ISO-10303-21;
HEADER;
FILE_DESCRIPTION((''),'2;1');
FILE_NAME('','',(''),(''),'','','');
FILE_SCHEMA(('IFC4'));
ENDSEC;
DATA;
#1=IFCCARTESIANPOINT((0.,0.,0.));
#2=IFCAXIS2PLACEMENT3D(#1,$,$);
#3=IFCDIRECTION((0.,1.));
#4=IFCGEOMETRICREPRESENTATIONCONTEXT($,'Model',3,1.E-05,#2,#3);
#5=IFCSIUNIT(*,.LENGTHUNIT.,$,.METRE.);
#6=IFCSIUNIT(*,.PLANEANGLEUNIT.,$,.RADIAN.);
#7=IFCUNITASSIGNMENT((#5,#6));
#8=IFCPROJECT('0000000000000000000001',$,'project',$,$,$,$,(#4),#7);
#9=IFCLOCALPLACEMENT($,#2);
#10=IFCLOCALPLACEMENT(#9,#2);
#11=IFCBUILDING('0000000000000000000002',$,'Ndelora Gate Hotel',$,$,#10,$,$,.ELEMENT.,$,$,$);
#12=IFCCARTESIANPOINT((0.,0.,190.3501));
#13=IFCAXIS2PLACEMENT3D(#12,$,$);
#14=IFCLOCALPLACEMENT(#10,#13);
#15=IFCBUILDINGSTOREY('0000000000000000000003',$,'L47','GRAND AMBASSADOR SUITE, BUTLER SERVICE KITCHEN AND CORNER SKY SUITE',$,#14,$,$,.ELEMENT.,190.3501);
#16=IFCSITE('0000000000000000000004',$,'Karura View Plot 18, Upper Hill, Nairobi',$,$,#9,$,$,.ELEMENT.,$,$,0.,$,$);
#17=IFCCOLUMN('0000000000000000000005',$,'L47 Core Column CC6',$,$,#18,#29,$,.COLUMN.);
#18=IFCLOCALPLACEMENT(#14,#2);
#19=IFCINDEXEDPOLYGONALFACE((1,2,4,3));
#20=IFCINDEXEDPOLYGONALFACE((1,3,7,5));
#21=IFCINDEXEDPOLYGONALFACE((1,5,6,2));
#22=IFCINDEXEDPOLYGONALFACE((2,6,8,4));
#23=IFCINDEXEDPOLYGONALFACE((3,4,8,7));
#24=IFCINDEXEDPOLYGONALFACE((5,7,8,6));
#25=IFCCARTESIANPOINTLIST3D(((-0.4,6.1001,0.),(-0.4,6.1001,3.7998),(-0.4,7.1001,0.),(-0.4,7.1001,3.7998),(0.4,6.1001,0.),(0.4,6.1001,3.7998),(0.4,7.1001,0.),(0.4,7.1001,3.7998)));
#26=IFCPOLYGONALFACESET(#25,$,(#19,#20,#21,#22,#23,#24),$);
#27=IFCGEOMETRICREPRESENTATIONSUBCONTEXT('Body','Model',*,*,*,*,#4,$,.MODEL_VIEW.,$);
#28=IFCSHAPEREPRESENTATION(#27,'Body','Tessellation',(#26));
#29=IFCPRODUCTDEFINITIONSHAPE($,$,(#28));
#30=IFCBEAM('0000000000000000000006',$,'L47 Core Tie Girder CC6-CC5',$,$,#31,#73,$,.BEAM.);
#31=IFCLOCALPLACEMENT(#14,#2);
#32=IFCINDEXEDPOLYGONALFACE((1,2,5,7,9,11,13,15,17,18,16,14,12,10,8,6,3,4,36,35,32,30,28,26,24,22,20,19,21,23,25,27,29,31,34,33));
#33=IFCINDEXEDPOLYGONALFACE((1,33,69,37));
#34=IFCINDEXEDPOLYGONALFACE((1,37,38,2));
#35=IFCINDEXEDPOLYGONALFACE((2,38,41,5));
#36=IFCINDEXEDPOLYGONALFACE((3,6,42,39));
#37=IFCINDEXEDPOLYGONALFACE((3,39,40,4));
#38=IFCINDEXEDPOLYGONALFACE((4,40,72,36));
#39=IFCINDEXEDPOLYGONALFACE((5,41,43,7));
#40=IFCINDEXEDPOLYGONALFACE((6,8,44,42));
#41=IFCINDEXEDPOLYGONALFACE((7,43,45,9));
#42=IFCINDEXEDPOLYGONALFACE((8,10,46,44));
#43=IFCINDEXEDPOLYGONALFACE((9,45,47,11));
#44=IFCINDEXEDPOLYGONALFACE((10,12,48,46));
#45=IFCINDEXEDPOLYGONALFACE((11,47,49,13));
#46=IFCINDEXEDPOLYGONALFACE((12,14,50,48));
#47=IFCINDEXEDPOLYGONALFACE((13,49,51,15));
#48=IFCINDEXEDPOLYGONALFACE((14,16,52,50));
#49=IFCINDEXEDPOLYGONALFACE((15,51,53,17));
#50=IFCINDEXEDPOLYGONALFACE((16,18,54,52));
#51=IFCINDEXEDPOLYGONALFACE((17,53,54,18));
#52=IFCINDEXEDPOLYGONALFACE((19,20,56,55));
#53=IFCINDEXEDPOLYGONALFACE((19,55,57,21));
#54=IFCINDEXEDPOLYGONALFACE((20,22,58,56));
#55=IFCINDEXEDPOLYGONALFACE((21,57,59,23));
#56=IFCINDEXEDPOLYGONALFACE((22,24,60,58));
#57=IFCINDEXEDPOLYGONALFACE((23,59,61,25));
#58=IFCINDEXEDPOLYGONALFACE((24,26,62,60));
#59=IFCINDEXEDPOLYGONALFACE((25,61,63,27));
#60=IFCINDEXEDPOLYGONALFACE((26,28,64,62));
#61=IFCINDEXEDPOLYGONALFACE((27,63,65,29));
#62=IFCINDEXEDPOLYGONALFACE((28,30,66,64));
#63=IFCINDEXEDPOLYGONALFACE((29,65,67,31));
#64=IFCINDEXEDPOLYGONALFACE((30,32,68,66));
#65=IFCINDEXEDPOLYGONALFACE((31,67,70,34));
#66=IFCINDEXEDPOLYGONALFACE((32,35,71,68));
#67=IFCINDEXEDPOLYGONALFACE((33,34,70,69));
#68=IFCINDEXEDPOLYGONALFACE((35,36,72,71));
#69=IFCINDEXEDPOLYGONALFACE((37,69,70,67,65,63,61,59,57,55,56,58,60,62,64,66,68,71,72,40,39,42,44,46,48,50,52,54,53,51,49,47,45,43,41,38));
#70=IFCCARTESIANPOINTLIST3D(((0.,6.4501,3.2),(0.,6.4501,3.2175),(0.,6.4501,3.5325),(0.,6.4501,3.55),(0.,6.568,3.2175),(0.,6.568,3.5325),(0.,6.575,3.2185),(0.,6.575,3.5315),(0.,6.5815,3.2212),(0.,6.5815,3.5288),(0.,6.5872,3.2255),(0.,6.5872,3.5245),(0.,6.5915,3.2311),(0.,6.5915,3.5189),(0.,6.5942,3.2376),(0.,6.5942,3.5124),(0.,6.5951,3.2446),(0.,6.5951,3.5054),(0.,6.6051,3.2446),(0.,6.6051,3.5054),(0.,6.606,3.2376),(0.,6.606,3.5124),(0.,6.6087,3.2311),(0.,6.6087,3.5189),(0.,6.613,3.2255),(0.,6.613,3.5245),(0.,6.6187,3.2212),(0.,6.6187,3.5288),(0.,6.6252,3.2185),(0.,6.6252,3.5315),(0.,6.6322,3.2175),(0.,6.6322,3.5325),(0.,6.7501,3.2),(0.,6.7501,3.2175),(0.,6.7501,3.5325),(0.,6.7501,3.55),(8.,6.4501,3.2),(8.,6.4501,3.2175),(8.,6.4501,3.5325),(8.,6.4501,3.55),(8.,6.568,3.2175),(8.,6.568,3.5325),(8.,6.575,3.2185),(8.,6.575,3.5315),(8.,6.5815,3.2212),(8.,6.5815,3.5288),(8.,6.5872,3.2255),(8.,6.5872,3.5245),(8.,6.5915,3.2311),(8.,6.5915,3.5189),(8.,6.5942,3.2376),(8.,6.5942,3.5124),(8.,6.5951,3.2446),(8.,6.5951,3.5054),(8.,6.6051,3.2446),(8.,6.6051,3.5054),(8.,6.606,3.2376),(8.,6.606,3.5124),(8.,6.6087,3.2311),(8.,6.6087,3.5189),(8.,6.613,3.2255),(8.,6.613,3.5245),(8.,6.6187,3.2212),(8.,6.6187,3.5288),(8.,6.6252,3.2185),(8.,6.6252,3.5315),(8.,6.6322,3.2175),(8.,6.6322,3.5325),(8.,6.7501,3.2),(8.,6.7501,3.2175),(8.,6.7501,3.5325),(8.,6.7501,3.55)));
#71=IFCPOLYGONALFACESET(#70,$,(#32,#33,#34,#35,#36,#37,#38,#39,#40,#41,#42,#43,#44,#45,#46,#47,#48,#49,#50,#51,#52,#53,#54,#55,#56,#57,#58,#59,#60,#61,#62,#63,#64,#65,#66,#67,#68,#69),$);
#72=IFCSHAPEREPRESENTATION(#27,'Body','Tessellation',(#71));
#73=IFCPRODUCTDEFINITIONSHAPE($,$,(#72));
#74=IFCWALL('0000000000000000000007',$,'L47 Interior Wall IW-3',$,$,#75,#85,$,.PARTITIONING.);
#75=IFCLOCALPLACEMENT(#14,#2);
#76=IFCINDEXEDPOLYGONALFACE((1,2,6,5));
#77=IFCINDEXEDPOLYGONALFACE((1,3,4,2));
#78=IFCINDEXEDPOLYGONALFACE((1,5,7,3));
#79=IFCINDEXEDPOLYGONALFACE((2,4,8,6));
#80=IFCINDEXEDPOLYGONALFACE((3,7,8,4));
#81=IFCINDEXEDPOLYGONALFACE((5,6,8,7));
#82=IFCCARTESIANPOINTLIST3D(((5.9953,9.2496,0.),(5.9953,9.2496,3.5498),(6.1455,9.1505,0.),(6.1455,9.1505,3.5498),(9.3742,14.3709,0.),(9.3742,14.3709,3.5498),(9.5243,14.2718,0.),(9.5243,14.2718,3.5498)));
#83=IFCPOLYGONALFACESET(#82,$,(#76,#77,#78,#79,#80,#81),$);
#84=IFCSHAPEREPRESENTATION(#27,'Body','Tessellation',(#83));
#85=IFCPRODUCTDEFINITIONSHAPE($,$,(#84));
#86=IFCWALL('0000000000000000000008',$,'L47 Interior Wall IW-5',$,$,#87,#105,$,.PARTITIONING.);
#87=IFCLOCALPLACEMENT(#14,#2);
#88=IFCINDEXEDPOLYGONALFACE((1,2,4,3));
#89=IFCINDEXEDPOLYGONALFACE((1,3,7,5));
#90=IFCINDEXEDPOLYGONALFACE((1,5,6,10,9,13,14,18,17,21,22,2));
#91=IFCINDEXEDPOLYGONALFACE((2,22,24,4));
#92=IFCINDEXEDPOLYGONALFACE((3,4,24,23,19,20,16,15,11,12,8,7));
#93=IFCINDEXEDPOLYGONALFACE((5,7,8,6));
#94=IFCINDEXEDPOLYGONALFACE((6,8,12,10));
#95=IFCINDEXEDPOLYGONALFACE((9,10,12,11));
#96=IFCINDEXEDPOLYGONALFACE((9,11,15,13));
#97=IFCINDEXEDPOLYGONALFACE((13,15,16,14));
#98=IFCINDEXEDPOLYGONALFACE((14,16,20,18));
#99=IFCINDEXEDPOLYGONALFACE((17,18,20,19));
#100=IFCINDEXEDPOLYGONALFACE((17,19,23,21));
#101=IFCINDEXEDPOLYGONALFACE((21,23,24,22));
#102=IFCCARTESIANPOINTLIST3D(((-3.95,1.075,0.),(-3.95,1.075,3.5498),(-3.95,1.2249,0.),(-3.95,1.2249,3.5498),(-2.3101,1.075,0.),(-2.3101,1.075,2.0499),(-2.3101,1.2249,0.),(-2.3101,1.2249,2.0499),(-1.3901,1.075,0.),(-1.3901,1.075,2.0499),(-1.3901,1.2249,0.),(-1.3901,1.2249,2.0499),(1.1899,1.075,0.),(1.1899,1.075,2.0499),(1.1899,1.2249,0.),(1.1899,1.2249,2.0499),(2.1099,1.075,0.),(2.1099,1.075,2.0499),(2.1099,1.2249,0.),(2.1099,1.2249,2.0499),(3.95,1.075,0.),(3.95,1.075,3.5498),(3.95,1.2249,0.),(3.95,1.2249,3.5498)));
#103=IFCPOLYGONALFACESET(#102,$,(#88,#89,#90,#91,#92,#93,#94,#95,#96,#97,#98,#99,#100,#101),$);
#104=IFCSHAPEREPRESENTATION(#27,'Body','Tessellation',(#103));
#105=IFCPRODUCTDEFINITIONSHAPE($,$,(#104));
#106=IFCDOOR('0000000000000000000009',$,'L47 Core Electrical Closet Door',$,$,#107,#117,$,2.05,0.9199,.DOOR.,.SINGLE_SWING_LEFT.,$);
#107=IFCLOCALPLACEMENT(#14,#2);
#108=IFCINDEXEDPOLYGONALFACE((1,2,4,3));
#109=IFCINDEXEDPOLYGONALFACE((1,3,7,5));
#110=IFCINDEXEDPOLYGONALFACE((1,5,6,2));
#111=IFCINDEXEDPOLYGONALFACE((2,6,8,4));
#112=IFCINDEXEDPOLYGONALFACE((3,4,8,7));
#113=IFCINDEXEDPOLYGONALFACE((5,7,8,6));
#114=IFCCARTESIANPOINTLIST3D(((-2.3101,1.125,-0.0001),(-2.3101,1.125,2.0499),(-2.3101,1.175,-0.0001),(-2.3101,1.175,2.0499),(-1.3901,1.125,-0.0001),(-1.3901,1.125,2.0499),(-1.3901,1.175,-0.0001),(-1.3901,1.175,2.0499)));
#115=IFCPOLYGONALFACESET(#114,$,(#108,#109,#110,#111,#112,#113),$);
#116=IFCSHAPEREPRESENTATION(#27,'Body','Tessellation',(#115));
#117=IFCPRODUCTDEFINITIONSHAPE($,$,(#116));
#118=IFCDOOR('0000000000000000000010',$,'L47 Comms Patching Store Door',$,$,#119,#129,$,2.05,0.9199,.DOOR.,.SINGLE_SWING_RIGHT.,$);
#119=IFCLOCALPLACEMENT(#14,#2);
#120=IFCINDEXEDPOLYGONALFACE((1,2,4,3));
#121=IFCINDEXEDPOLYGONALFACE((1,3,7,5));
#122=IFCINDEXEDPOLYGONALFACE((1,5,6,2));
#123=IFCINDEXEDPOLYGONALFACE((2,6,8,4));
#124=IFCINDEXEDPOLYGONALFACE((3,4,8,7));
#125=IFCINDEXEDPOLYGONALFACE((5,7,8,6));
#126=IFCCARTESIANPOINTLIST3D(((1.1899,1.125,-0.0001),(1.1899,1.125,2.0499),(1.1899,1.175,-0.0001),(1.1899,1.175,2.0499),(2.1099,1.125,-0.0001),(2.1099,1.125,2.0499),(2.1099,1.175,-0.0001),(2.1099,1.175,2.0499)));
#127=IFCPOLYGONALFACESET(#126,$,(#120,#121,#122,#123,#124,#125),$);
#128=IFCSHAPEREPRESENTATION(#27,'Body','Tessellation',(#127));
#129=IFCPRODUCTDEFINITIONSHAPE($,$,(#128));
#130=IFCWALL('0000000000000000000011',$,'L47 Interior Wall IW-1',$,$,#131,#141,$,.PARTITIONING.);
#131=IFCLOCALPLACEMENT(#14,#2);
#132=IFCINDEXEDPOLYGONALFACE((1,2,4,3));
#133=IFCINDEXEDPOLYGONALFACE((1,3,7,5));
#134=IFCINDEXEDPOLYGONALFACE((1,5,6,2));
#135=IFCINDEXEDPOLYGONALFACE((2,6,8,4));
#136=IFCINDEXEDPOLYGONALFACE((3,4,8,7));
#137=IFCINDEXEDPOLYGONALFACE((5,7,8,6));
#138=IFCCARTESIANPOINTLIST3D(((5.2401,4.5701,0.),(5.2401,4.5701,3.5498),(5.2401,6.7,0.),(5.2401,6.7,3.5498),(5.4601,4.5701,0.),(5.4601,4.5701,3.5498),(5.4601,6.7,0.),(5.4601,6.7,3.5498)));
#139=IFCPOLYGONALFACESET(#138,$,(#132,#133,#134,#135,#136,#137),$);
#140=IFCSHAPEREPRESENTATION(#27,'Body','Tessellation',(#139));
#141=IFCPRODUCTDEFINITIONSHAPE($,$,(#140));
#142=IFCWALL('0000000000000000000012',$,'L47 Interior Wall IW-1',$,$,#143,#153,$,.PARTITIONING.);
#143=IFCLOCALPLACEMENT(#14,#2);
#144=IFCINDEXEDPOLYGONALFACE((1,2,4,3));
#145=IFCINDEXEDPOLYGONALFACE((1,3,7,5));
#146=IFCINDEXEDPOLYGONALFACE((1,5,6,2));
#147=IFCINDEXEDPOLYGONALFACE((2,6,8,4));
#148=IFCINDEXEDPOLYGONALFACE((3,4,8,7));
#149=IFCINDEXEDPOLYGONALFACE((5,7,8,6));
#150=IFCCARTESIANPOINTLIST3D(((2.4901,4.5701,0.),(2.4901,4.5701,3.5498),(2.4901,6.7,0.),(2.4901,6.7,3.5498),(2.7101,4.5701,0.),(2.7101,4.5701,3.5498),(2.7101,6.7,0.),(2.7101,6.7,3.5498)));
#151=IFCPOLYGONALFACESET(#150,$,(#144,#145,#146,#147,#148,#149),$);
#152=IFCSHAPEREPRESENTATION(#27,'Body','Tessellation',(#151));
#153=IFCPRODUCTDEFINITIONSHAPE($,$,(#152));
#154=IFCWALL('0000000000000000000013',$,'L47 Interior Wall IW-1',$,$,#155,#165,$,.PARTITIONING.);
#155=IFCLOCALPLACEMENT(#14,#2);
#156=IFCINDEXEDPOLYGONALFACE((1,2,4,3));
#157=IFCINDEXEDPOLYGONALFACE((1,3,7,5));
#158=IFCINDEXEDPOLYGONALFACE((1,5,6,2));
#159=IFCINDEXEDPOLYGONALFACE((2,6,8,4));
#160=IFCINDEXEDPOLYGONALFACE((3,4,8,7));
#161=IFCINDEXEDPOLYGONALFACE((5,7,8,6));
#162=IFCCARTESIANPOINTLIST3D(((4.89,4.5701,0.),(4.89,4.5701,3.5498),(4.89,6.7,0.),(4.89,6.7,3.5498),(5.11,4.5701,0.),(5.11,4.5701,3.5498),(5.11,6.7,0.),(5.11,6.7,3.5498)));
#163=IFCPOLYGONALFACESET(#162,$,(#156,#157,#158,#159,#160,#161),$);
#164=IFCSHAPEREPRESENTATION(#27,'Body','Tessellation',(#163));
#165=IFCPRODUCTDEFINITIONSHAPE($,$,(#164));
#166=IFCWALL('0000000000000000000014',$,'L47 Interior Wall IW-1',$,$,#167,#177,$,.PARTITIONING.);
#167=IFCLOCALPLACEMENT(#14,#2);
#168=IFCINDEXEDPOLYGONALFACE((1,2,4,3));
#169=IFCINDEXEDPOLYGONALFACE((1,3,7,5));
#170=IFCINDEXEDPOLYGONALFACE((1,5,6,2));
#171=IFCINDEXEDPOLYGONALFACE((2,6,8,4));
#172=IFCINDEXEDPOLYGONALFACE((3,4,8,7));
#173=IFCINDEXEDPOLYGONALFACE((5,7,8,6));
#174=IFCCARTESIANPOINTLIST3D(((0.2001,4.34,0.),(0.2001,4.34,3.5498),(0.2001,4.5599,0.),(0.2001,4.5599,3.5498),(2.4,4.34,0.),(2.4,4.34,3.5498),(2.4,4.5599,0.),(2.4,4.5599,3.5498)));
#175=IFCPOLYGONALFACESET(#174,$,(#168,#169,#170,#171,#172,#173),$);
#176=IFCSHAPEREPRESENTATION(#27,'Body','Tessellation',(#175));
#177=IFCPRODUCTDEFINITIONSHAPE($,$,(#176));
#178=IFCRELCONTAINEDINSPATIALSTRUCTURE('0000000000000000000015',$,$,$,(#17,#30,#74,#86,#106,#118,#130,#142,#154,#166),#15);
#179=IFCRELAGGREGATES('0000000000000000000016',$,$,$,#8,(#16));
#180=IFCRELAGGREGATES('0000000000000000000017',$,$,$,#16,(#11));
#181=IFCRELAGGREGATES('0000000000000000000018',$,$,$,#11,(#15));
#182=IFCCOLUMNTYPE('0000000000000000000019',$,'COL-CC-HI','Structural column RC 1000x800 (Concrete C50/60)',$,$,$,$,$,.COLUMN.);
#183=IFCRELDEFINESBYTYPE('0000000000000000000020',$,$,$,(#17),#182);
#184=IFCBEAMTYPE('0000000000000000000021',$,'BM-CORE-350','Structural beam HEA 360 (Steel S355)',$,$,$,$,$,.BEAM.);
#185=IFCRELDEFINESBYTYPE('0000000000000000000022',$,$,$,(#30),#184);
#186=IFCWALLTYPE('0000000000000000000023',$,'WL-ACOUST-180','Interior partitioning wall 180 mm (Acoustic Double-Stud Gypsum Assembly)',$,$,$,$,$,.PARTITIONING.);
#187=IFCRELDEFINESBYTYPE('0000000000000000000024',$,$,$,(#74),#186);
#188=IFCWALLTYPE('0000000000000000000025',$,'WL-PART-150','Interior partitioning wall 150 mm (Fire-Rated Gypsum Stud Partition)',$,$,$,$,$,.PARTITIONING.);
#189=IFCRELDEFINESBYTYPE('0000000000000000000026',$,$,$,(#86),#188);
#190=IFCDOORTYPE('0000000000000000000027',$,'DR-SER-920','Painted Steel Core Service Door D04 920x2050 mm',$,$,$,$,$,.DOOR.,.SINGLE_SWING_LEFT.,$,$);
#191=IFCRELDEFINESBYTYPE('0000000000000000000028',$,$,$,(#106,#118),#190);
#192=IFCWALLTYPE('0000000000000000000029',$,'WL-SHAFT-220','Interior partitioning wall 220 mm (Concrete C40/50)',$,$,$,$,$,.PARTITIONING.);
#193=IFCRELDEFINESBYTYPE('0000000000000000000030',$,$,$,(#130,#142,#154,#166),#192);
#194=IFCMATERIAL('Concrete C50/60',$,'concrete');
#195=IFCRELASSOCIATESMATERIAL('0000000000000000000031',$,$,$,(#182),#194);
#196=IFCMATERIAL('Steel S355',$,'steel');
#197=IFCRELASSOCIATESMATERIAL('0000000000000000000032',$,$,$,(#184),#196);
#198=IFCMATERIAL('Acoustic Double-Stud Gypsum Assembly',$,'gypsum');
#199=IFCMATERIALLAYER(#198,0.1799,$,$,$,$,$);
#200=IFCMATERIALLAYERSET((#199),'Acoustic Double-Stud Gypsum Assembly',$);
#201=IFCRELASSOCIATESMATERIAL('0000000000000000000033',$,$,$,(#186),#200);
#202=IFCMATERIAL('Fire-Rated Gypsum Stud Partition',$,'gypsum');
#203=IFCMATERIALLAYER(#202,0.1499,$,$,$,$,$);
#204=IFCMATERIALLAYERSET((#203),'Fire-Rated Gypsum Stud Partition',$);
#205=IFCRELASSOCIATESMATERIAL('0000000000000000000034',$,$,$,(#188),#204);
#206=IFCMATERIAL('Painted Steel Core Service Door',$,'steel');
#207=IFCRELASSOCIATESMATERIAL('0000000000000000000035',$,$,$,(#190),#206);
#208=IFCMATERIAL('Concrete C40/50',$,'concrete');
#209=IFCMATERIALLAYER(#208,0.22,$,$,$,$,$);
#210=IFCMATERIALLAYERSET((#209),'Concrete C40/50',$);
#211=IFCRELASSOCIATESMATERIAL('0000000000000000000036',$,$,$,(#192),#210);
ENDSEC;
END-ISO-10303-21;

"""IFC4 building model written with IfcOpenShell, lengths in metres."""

from ifc_helpers import new_model, si_unit, direction, frame, frame_2d, origin, origin_2d, place, context, subcontext, project, spatial, rectangle, i_section, extrude, material, layer, layer_set, material_profile, profile_set, type_object, element, fill, save


model = new_model("IFC4")

# Units and contexts
model_context = context("Model", 3, precision=1e-05, world=origin(), true_north=direction((0.0, 1.0)))
body_context = subcontext(model_context, "Body", "Model", "MODEL_VIEW")
ifc_project = project(units=[si_unit("LENGTHUNIT", "METRE"), si_unit("PLANEANGLEUNIT", "RADIAN")], contexts=[model_context])

# Site, building, storey
site_placement = place(None, origin())
site = spatial("IfcSite", under=ifc_project, at=site_placement, Name="Karura View Plot 18, Upper Hill, Nairobi", CompositionType="ELEMENT", RefElevation=0.0)
building_placement = place(site_placement, origin())
building = spatial("IfcBuilding", under=site, at=building_placement, Name="Ndelora Gate Hotel", CompositionType="ELEMENT")
storey_placement = place(building_placement, frame((0.0, 0.0, 190.3501)))
storey = spatial("IfcBuildingStorey", under=building, at=storey_placement, Name="L47", Description="GRAND AMBASSADOR SUITE, BUTLER SERVICE KITCHEN AND CORNER SKY SUITE", CompositionType="ELEMENT", Elevation=190.3501)

# Column
ifc_material_1 = material(Name="Concrete C50/60", Category="concrete")
ifc_material_profile_1 = material_profile(ifc_material_1, rectangle(XDim=0.8, YDim=1.0, at=origin_2d()), Name="RC 1000x800")
ifc_profile_set_1 = profile_set([ifc_material_profile_1], Name="Concrete C50/60")
column_type = type_object("IfcColumnType", Name="COL-CC-HI", Description="Structural column RC 1000x800 (Concrete C50/60)", PredefinedType="COLUMN", material=ifc_profile_set_1)
column_placement = place(storey_placement, frame((0.0, 6.6001, 0.0), z_axis=(0.0, 0.0, 1.0), x_axis=(1.0, 0.0, 0.0)))
element("IfcColumn", 1, at=column_placement, inside=storey, type_object=column_type, Name="L47 Core Column CC6", PredefinedType="COLUMN", context=body_context, shape_type="SweptSolid", body=[
    extrude(rectangle(XDim=0.8, YDim=1.0, at=origin_2d()), origin(), (0.0, 0.0, 1.0), 3.7998),
])

# Beam
ifc_material_2 = material(Name="Steel S355", Category="steel")
ifc_material_profile_2 = material_profile(ifc_material_2, i_section(OverallWidth=0.3, OverallDepth=0.3501, WebThickness=0.01, FlangeThickness=0.0176, FilletRadius=0.0271, at=origin_2d()), Name="HEA 360")
ifc_profile_set_2 = profile_set([ifc_material_profile_2], Name="Steel S355")
beam_type = type_object("IfcBeamType", Name="BM-CORE-350", Description="Structural beam HEA 360 (Steel S355)", PredefinedType="BEAM", material=ifc_profile_set_2)
beam_placement = place(storey_placement, frame((0.0, 6.6001, 3.375), z_axis=(1.0, 0.0, 0.0), x_axis=(0.0, 1.0, 0.0)))
element("IfcBeam", 2, at=beam_placement, inside=storey, type_object=beam_type, Name="L47 Core Tie Girder CC6-CC5", PredefinedType="BEAM", context=body_context, shape_type="SweptSolid", body=[
    extrude(i_section(OverallWidth=0.3, OverallDepth=0.3501, WebThickness=0.01, FlangeThickness=0.0176, FilletRadius=0.0271, at=origin_2d()), origin(), (0.0, 0.0, 1.0), 8.0),
])

# Wall
ifc_material_3 = material(Name="Acoustic Double-Stud Gypsum Assembly", Category="gypsum")
ifc_layer_1 = layer(ifc_material_3, 0.1799)
ifc_layer_set_1 = layer_set([ifc_layer_1], Name="Acoustic Double-Stud Gypsum Assembly")
wall_type_1 = type_object("IfcWallType", Name="WL-ACOUST-180", Description="Interior partitioning wall 180 mm (Acoustic Double-Stud Gypsum Assembly)", PredefinedType="PARTITIONING", material=ifc_layer_set_1)
wall_1_placement = place(storey_placement, frame((6.0703, 9.2, 0.0), z_axis=(0.0, 0.0, 1.0), x_axis=(0.550709, 0.834698, 0.0)))
element("IfcWall", 3, at=wall_1_placement, inside=storey, type_object=wall_type_1, Name="L47 Interior Wall IW-3", PredefinedType="PARTITIONING", context=body_context, shape_type="SweptSolid", body=[
    extrude(rectangle(XDim=6.1355, YDim=0.1799, at=frame_2d((3.0679, 0.0))), origin(), (0.0, 0.0, 1.0), 3.5498),
])

# Shared definitions
ifc_material_4 = material(Name="Concrete C40/50", Category="concrete")

# Wall, openings, doors
ifc_material_5 = material(Name="Fire-Rated Gypsum Stud Partition", Category="gypsum")
ifc_layer_2 = layer(ifc_material_5, 0.1499)
ifc_layer_set_2 = layer_set([ifc_layer_2], Name="Fire-Rated Gypsum Stud Partition")
wall_type_2 = type_object("IfcWallType", Name="WL-PART-150", Description="Interior partitioning wall 150 mm (Fire-Rated Gypsum Stud Partition)", PredefinedType="PARTITIONING", material=ifc_layer_set_2)
wall_2_placement = place(storey_placement, frame((3.95, 1.1499, 0.0), z_axis=(0.0, 0.0, 1.0), x_axis=(-1.0, 0.0, 0.0)))
wall_2 = element("IfcWall", 4, at=wall_2_placement, inside=storey, type_object=wall_type_2, Name="L47 Interior Wall IW-5", PredefinedType="PARTITIONING", context=body_context, shape_type="SweptSolid", body=[
    extrude(rectangle(XDim=7.8999, YDim=0.1499, at=frame_2d((3.95, 0.0))), origin(), (0.0, 0.0, 1.0), 3.5498),
])
opening_1_placement = place(wall_2_placement, frame((5.3401, 0.0, 0.0)))
opening_1 = element("IfcOpeningElement", 5, at=opening_1_placement, cuts=wall_2, PredefinedType="OPENING", context=body_context, shape_type="SweptSolid", body=[
    extrude(rectangle(XDim=0.9199, YDim=2.05, at=frame_2d((0.46, 1.0249))), frame((0.0, 0.085, 0.0), z_axis=(0.0, -1.0, 0.0), x_axis=(1.0, 0.0, 0.0)), (0.0, 0.0, 1.0), 0.1699),
])
opening_2_placement = place(wall_2_placement, frame((1.8401, 0.0, 0.0)))
opening_2 = element("IfcOpeningElement", 6, at=opening_2_placement, cuts=wall_2, PredefinedType="OPENING", context=body_context, shape_type="SweptSolid", body=[
    extrude(rectangle(XDim=0.9199, YDim=2.05, at=frame_2d((0.46, 1.0249))), frame((0.0, 0.085, 0.0), z_axis=(0.0, -1.0, 0.0), x_axis=(1.0, 0.0, 0.0)), (0.0, 0.0, 1.0), 0.1699),
])
ifc_material_6 = material(Name="Painted Steel Core Service Door", Category="steel")
door_type_1 = type_object("IfcDoorType", Name="DR-SER-920", Description="Painted Steel Core Service Door D04 920x2050 mm", OperationType="SINGLE_SWING_LEFT", PredefinedType="DOOR", material=ifc_material_6)
door_1_placement = place(opening_1_placement, origin())
door_1 = element("IfcDoor", 7, at=door_1_placement, inside=storey, type_object=door_type_1, Name="L47 Core Electrical Closet Door", OperationType="SINGLE_SWING_LEFT", OverallHeight=2.05, OverallWidth=0.9199, PredefinedType="DOOR", context=body_context, shape_type="SweptSolid", body=[
    extrude(rectangle(XDim=0.9199, YDim=2.05, at=frame_2d((0.46, 1.0249))), frame((0.0, 0.0249, 0.0), z_axis=(0.0, -1.0, 0.0), x_axis=(1.0, 0.0, 0.0)), (0.0, 0.0, 1.0), 0.05),
])
fill(opening_1, door_1)
door_2_placement = place(opening_2_placement, origin())
door_2 = element("IfcDoor", 8, at=door_2_placement, inside=storey, type_object=door_type_1, Name="L47 Comms Patching Store Door", OperationType="SINGLE_SWING_RIGHT", OverallHeight=2.05, OverallWidth=0.9199, PredefinedType="DOOR", context=body_context, shape_type="SweptSolid", body=[
    extrude(rectangle(XDim=0.9199, YDim=2.05, at=frame_2d((0.46, 1.0249))), frame((0.0, 0.0249, 0.0), z_axis=(0.0, -1.0, 0.0), x_axis=(1.0, 0.0, 0.0)), (0.0, 0.0, 1.0), 0.05),
])
fill(opening_2, door_2)

# Shared definitions
ifc_layer_3 = layer(ifc_material_4, 0.22)
ifc_layer_set_3 = layer_set([ifc_layer_3], Name="Concrete C40/50")
wall_type_3 = type_object("IfcWallType", Name="WL-SHAFT-220", Description="Interior partitioning wall 220 mm (Concrete C40/50)", PredefinedType="PARTITIONING", material=ifc_layer_set_3)

# Wall
wall_3_placement = place(storey_placement, frame((5.3501, 4.5701, 0.0), z_axis=(0.0, 0.0, 1.0), x_axis=(0.0, 1.0, 0.0)))
element("IfcWall", 9, at=wall_3_placement, inside=storey, type_object=wall_type_3, Name="L47 Interior Wall IW-1", PredefinedType="PARTITIONING", context=body_context, shape_type="SweptSolid", body=[
    extrude(rectangle(XDim=2.1299, YDim=0.22, at=frame_2d((1.0649, 0.0))), origin(), (0.0, 0.0, 1.0), 3.5498),
])

# Walls
for number, where, z_axis, x_axis, name in (
    (10, (2.6001, 4.5701, 0.0), (0.0, 0.0, 1.0), (0.0, 1.0, 0.0), "L47 Interior Wall IW-1"),
    (11, (5.0, 4.5701, 0.0), (0.0, 0.0, 1.0), (0.0, 1.0, 0.0), "L47 Interior Wall IW-1"),
):
    element("IfcWall", number, at=place(storey_placement, frame(where, z_axis=z_axis, x_axis=x_axis)), inside=storey, type_object=wall_type_3, Name=name, PredefinedType="PARTITIONING", context=body_context, shape_type="SweptSolid", body=[
        extrude(rectangle(XDim=2.1299, YDim=0.22, at=frame_2d((1.0649, 0.0))), origin(), (0.0, 0.0, 1.0), 3.5498),
    ])
wall_4_placement = place(storey_placement, frame((0.2, 4.45, 0.0), z_axis=(0.0, 0.0, 1.0), x_axis=(1.0, 0.0, 0.0)))
element("IfcWall", 12, at=wall_4_placement, inside=storey, type_object=wall_type_3, Name="L47 Interior Wall IW-1", PredefinedType="PARTITIONING", context=body_context, shape_type="SweptSolid", body=[
    extrude(rectangle(XDim=2.2, YDim=0.22, at=frame_2d((1.1001, 0.0))), origin(), (0.0, 0.0, 1.0), 3.5498),
])

save(model, "model.ifc")
